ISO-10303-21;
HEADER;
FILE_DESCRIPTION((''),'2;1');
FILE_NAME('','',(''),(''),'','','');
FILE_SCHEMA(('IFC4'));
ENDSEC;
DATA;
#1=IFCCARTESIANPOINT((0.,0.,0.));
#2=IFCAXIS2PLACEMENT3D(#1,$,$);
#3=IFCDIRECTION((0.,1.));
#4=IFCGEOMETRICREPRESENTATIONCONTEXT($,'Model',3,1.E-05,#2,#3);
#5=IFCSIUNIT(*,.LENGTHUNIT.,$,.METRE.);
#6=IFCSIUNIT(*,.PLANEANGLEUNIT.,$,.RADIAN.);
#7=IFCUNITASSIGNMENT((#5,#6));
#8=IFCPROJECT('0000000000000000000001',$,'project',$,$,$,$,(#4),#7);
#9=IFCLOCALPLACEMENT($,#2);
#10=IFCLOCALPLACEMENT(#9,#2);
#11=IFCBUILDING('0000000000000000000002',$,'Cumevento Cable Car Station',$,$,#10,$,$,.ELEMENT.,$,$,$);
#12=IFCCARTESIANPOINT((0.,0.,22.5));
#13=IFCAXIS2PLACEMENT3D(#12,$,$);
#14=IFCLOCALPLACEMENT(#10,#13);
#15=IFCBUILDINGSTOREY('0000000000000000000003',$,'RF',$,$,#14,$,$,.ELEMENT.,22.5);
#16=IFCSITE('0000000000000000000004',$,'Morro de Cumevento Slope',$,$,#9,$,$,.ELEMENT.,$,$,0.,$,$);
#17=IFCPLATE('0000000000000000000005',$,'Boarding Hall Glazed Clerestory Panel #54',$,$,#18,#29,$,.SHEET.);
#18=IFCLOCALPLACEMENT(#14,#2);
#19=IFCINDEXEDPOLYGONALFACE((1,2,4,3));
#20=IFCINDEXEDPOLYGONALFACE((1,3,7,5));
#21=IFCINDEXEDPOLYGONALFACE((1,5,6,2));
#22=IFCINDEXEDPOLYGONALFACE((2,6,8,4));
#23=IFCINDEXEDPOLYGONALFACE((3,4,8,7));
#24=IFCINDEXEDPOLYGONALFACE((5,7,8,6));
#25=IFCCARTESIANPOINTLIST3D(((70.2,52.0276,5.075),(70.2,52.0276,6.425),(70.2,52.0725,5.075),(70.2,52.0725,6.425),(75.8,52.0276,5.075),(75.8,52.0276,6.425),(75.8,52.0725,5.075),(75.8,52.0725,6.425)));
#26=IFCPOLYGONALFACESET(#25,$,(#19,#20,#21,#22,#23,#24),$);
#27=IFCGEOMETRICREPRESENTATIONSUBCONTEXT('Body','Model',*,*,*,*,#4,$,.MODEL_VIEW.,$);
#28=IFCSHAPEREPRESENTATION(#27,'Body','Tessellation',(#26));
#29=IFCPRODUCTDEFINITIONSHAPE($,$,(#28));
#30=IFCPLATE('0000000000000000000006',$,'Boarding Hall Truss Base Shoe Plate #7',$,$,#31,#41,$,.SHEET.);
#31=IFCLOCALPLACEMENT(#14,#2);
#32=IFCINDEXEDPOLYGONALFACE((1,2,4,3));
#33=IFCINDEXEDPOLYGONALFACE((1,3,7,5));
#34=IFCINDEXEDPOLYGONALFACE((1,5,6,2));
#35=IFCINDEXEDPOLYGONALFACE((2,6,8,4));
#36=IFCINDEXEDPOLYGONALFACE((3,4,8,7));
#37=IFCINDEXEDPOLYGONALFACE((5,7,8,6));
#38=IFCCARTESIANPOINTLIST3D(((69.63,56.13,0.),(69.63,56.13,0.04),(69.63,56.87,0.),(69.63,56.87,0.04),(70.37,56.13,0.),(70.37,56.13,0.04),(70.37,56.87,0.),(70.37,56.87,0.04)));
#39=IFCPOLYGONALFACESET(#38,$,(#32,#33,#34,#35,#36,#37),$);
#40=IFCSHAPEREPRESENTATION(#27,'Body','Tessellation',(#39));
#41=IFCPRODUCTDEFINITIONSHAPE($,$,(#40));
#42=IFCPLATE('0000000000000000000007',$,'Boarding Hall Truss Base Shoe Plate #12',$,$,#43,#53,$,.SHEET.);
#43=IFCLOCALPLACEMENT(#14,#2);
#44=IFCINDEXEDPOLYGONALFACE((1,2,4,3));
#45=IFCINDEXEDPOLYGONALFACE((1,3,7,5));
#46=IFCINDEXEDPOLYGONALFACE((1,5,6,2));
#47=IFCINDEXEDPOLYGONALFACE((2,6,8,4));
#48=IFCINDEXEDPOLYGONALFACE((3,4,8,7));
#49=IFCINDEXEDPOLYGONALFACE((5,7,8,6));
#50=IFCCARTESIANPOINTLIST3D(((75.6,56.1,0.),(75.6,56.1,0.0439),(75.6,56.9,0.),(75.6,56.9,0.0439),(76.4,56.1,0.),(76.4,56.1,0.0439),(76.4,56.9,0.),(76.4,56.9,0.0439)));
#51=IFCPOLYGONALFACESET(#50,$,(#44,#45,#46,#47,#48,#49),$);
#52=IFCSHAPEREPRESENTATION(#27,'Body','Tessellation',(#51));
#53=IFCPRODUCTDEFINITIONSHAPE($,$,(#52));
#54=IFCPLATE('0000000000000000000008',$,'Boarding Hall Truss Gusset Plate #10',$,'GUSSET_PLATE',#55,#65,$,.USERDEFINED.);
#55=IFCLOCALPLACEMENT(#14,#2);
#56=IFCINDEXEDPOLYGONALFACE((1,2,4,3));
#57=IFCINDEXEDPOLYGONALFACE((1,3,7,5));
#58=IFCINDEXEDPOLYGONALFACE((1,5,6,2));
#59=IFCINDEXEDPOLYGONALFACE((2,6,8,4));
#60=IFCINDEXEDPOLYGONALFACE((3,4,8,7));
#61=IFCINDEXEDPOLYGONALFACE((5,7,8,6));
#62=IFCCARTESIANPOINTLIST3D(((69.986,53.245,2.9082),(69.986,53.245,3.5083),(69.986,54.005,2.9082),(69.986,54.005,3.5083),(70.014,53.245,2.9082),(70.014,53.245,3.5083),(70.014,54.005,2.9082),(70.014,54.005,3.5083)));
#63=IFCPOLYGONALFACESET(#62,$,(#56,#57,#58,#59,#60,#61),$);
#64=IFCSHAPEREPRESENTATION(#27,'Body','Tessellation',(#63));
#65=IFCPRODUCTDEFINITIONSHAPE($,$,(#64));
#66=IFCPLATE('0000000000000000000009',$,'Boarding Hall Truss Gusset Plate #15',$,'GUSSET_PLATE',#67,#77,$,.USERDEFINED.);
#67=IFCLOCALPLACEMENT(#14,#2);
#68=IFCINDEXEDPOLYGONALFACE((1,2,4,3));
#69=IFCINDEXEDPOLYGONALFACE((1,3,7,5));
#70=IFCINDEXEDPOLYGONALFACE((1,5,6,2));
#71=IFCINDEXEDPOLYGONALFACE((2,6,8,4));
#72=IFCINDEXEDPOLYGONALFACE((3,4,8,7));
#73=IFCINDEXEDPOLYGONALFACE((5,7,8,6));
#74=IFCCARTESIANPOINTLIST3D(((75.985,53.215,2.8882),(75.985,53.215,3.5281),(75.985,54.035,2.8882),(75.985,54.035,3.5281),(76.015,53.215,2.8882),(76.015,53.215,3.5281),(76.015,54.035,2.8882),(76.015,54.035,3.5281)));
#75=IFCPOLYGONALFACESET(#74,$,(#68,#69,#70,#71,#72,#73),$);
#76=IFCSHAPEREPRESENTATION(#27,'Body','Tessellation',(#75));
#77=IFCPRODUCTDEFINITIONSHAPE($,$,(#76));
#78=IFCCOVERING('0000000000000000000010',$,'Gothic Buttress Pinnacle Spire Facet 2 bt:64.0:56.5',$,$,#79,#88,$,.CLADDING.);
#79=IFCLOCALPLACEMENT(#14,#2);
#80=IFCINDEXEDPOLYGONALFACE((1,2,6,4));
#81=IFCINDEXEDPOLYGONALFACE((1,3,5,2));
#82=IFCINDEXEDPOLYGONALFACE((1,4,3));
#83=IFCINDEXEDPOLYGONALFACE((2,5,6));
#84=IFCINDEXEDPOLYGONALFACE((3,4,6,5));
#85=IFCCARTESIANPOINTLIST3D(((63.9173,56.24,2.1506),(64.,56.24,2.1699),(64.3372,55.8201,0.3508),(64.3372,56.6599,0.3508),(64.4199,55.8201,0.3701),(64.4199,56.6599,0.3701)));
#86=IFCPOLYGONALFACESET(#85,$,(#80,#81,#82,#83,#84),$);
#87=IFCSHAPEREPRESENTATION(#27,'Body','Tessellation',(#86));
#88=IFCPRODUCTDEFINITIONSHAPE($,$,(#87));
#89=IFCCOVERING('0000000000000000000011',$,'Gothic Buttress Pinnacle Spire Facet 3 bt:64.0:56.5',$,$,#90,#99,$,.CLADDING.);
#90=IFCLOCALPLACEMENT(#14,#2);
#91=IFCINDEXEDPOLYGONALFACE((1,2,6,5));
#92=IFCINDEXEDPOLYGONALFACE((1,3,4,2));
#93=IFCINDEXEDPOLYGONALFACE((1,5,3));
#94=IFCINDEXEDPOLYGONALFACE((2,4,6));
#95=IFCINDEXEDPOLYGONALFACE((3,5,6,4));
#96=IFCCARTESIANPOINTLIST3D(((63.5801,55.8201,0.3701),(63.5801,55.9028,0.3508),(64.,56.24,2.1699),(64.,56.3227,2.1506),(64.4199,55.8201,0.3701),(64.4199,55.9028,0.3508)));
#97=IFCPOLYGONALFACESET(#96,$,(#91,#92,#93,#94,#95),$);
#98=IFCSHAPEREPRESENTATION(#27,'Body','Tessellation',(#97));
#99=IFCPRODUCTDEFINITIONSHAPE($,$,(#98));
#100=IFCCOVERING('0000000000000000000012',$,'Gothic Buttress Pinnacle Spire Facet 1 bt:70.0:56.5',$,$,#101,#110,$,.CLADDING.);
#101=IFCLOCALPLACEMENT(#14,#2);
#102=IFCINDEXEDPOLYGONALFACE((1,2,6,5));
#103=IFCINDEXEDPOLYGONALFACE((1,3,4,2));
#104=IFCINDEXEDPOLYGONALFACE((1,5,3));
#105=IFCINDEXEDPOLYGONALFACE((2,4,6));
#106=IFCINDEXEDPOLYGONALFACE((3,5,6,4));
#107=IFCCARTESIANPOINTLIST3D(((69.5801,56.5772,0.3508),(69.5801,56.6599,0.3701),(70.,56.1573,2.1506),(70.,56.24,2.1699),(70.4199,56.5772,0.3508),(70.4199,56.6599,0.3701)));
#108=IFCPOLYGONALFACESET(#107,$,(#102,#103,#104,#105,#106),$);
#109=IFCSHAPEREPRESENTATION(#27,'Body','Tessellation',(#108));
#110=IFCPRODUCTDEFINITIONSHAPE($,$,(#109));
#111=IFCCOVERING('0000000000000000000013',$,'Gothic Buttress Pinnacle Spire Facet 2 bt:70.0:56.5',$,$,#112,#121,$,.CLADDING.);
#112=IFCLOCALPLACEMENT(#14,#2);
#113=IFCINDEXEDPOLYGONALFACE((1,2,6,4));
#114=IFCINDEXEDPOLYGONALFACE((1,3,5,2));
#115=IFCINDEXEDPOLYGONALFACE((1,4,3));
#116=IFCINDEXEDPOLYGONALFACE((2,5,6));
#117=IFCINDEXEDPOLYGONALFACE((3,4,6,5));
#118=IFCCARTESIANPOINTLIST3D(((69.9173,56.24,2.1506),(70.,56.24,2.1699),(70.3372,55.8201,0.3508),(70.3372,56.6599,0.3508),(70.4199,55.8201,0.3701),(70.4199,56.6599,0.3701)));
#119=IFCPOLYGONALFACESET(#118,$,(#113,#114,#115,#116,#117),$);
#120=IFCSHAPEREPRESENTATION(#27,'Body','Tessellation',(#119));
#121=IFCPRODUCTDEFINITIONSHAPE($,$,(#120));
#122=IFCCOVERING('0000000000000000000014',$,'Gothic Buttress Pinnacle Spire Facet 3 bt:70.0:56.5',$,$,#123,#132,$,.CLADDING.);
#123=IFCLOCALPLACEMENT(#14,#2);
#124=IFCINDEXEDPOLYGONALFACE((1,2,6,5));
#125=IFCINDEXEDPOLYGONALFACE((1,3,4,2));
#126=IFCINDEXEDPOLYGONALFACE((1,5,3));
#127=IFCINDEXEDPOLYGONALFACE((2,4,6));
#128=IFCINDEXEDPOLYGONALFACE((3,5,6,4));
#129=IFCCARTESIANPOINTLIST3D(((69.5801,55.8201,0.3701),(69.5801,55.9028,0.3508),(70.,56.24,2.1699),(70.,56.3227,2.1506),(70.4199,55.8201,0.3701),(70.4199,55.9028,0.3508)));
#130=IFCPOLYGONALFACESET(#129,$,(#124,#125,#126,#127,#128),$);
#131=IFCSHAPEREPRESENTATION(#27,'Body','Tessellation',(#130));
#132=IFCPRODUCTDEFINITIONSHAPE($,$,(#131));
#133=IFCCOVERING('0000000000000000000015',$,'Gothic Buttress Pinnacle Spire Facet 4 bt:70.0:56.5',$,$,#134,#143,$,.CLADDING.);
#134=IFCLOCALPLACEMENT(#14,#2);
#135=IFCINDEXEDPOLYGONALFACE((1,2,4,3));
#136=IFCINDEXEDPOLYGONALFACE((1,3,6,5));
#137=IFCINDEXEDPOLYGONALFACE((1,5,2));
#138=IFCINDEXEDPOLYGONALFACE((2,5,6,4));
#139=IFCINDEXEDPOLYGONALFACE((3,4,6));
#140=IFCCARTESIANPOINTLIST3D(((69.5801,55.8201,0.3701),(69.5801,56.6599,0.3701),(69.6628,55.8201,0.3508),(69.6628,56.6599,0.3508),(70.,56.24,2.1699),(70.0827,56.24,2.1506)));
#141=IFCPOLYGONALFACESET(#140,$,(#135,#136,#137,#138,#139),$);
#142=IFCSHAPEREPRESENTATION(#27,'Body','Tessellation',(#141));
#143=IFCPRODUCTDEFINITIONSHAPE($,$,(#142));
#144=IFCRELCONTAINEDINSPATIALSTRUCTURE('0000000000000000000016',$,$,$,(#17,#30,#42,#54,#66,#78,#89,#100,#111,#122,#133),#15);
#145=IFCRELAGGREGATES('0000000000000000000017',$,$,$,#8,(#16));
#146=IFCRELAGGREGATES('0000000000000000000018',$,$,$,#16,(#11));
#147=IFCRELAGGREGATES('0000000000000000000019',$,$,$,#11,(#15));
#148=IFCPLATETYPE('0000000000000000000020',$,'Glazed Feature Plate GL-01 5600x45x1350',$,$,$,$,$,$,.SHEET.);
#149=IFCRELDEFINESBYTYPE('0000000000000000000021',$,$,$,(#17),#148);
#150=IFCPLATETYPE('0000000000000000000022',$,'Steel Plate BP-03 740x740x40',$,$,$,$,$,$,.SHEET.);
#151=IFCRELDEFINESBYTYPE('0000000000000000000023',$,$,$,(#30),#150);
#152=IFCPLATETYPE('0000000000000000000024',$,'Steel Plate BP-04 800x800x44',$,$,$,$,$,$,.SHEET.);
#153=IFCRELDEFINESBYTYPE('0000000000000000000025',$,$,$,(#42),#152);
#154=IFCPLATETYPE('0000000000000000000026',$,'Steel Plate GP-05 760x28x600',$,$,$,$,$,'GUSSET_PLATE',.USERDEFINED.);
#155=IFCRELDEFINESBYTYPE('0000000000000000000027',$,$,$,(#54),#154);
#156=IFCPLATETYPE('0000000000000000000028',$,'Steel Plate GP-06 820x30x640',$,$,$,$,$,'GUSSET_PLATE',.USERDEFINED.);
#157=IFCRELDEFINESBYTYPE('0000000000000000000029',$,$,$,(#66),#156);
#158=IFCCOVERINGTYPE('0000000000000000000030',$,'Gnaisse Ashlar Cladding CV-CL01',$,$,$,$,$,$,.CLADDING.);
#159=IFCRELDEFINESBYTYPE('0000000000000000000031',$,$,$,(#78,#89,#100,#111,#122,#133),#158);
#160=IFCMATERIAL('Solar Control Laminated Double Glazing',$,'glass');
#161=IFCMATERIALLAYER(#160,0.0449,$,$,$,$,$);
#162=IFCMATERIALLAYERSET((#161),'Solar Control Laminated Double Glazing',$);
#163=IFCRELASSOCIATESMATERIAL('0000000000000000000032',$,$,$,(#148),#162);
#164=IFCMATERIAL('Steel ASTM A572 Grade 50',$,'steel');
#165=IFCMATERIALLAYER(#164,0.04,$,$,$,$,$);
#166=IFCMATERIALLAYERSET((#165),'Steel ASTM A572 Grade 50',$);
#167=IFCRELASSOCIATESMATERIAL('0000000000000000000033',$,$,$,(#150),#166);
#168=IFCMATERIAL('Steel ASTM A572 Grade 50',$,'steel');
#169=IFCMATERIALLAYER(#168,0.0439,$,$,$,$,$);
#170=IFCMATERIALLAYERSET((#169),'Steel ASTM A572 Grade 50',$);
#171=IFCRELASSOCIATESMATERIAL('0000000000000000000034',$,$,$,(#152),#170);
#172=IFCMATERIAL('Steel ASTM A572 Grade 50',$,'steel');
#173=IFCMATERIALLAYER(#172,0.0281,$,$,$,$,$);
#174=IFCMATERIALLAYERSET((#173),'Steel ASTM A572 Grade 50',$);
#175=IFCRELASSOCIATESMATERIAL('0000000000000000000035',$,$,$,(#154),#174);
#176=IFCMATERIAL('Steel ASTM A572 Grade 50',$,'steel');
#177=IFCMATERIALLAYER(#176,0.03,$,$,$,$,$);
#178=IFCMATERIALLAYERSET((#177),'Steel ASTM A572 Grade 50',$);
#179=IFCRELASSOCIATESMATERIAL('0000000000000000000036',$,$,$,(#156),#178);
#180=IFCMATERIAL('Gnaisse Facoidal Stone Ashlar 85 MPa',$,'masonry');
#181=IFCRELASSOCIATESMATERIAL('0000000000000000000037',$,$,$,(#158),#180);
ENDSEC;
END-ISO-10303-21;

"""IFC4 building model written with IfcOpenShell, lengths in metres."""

from ifc_helpers import new_model, si_unit, direction, frame, origin, origin_2d, place, context, subcontext, project, spatial, polyline, rectangle, outline, extrude, material, layer, layer_set, type_object, element, save


model = new_model("IFC4")

# Units and contexts
model_context = context("Model", 3, precision=1e-05, world=origin(), true_north=direction((0.0, 1.0)))
body_context = subcontext(model_context, "Body", "Model", "MODEL_VIEW")
ifc_project = project(units=[si_unit("LENGTHUNIT", "METRE"), si_unit("PLANEANGLEUNIT", "RADIAN")], contexts=[model_context])

# Site, building, storey
site_placement = place(None, origin())
site = spatial("IfcSite", under=ifc_project, at=site_placement, Name="Morro de Cumevento Slope", CompositionType="ELEMENT", RefElevation=0.0)
building_placement = place(site_placement, origin())
building = spatial("IfcBuilding", under=site, at=building_placement, Name="Cumevento Cable Car Station", CompositionType="ELEMENT")
storey_placement = place(building_placement, frame((0.0, 0.0, 22.5)))
storey = spatial("IfcBuildingStorey", under=building, at=storey_placement, Name="RF", CompositionType="ELEMENT", Elevation=22.5)

# Plates
ifc_material_1 = material(Name="Solar Control Laminated Double Glazing", Category="glass")
ifc_layer_1 = layer(ifc_material_1, 0.0449)
ifc_layer_set_1 = layer_set([ifc_layer_1], Name="Solar Control Laminated Double Glazing")
plate_type_1 = type_object("IfcPlateType", Name="Glazed Feature Plate GL-01 5600x45x1350", PredefinedType="SHEET", material=ifc_layer_set_1)
plate_1_placement = place(storey_placement, frame((73.0, 52.05, 5.075), z_axis=(0.0, 0.0, 1.0), x_axis=(1.0, 0.0, 0.0)))
element("IfcPlate", 1, at=plate_1_placement, inside=storey, type_object=plate_type_1, Name="Boarding Hall Glazed Clerestory Panel #54", PredefinedType="SHEET", context=body_context, shape_type="SweptSolid", body=[
    extrude(rectangle(XDim=5.6001, YDim=0.0449, at=origin_2d()), origin(), (0.0, 0.0, 1.0), 1.3501),
])
ifc_material_2 = material(Name="Steel ASTM A572 Grade 50", Category="steel")
ifc_layer_2 = layer(ifc_material_2, 0.04)
ifc_layer_set_2 = layer_set([ifc_layer_2], Name="Steel ASTM A572 Grade 50")
plate_type_2 = type_object("IfcPlateType", Name="Steel Plate BP-03 740x740x40", PredefinedType="SHEET", material=ifc_layer_set_2)
plate_2_placement = place(storey_placement, frame((70.0, 56.5, 0.0), z_axis=(0.0, 0.0, 1.0), x_axis=(1.0, 0.0, 0.0)))
element("IfcPlate", 2, at=plate_2_placement, inside=storey, type_object=plate_type_2, Name="Boarding Hall Truss Base Shoe Plate #7", PredefinedType="SHEET", context=body_context, shape_type="SweptSolid", body=[
    extrude(rectangle(XDim=0.74, YDim=0.74, at=origin_2d()), origin(), (0.0, 0.0, 1.0), 0.04),
])
ifc_material_3 = material(Name="Steel ASTM A572 Grade 50", Category="steel")
ifc_layer_3 = layer(ifc_material_3, 0.0439)
ifc_layer_set_3 = layer_set([ifc_layer_3], Name="Steel ASTM A572 Grade 50")
plate_type_3 = type_object("IfcPlateType", Name="Steel Plate BP-04 800x800x44", PredefinedType="SHEET", material=ifc_layer_set_3)
plate_3_placement = place(storey_placement, frame((76.0, 56.5, 0.0), z_axis=(0.0, 0.0, 1.0), x_axis=(1.0, 0.0, 0.0)))
element("IfcPlate", 3, at=plate_3_placement, inside=storey, type_object=plate_type_3, Name="Boarding Hall Truss Base Shoe Plate #12", PredefinedType="SHEET", context=body_context, shape_type="SweptSolid", body=[
    extrude(rectangle(XDim=0.8, YDim=0.8, at=origin_2d()), origin(), (0.0, 0.0, 1.0), 0.0439),
])
ifc_material_4 = material(Name="Steel ASTM A572 Grade 50", Category="steel")
ifc_layer_4 = layer(ifc_material_4, 0.0281)
ifc_layer_set_4 = layer_set([ifc_layer_4], Name="Steel ASTM A572 Grade 50")
plate_type_4 = type_object("IfcPlateType", Name="Steel Plate GP-05 760x28x600", ElementType="GUSSET_PLATE", PredefinedType="USERDEFINED", material=ifc_layer_set_4)
plate_4_placement = place(storey_placement, frame((70.0, 53.625, 2.9082), z_axis=(0.0, 0.0, 1.0), x_axis=(0.0, 1.0, 0.0)))
element("IfcPlate", 4, at=plate_4_placement, inside=storey, type_object=plate_type_4, Name="Boarding Hall Truss Gusset Plate #10", ObjectType="GUSSET_PLATE", PredefinedType="USERDEFINED", context=body_context, shape_type="SweptSolid", body=[
    extrude(rectangle(XDim=0.76, YDim=0.0281, at=origin_2d()), origin(), (0.0, 0.0, 1.0), 0.6001),
])
ifc_material_5 = material(Name="Steel ASTM A572 Grade 50", Category="steel")
ifc_layer_5 = layer(ifc_material_5, 0.03)
ifc_layer_set_5 = layer_set([ifc_layer_5], Name="Steel ASTM A572 Grade 50")
plate_type_5 = type_object("IfcPlateType", Name="Steel Plate GP-06 820x30x640", ElementType="GUSSET_PLATE", PredefinedType="USERDEFINED", material=ifc_layer_set_5)
plate_5_placement = place(storey_placement, frame((76.0, 53.625, 2.8882), z_axis=(0.0, 0.0, 1.0), x_axis=(0.0, 1.0, 0.0)))
element("IfcPlate", 5, at=plate_5_placement, inside=storey, type_object=plate_type_5, Name="Boarding Hall Truss Gusset Plate #15", ObjectType="GUSSET_PLATE", PredefinedType="USERDEFINED", context=body_context, shape_type="SweptSolid", body=[
    extrude(rectangle(XDim=0.8201, YDim=0.03, at=origin_2d()), origin(), (0.0, 0.0, 1.0), 0.6399),
])

# Coverings
ifc_material_6 = material(Name="Gnaisse Facoidal Stone Ashlar 85 MPa", Category="masonry")
covering_type = type_object("IfcCoveringType", Name="Gnaisse Ashlar Cladding CV-CL01", PredefinedType="CLADDING", material=ifc_material_6)
for number, where, z_axis, x_axis, name in (
    (6, (64.4199, 56.6599, 0.3701), (0.973845, 0.0, 0.227213), (0.0, -1.0, 0.0), "Gothic Buttress Pinnacle Spire Facet 2 bt:64.0:56.5"),
    (7, (64.4199, 55.8201, 0.3701), (0.0, -0.973845, 0.227213), (-1.0, 0.0, 0.0), "Gothic Buttress Pinnacle Spire Facet 3 bt:64.0:56.5"),
    (8, (69.5801, 56.6599, 0.3701), (0.0, 0.973845, 0.227213), (1.0, 0.0, 0.0), "Gothic Buttress Pinnacle Spire Facet 1 bt:70.0:56.5"),
    (9, (70.4199, 56.6599, 0.3701), (0.973845, 0.0, 0.227213), (0.0, -1.0, 0.0), "Gothic Buttress Pinnacle Spire Facet 2 bt:70.0:56.5"),
    (10, (70.4199, 55.8201, 0.3701), (0.0, -0.973845, 0.227213), (-1.0, 0.0, 0.0), "Gothic Buttress Pinnacle Spire Facet 3 bt:70.0:56.5"),
    (11, (69.5801, 55.8201, 0.3701), (-0.973845, 0.0, 0.227213), (0.0, 1.0, 0.0), "Gothic Buttress Pinnacle Spire Facet 4 bt:70.0:56.5"),
):
    element("IfcCovering", number, at=place(storey_placement, frame(where, z_axis=z_axis, x_axis=x_axis)), inside=storey, type_object=covering_type, Name=name, PredefinedType="CLADDING", context=body_context, shape_type="SweptSolid", body=[
        extrude(outline(polyline([(0.0, 0.0), (0.8398, 0.0), (0.4199, -1.8481), (0.0, 0.0)])), origin(), (0.0, 0.0, -1.0), 0.085),
    ])

save(model, "model.ifc")
